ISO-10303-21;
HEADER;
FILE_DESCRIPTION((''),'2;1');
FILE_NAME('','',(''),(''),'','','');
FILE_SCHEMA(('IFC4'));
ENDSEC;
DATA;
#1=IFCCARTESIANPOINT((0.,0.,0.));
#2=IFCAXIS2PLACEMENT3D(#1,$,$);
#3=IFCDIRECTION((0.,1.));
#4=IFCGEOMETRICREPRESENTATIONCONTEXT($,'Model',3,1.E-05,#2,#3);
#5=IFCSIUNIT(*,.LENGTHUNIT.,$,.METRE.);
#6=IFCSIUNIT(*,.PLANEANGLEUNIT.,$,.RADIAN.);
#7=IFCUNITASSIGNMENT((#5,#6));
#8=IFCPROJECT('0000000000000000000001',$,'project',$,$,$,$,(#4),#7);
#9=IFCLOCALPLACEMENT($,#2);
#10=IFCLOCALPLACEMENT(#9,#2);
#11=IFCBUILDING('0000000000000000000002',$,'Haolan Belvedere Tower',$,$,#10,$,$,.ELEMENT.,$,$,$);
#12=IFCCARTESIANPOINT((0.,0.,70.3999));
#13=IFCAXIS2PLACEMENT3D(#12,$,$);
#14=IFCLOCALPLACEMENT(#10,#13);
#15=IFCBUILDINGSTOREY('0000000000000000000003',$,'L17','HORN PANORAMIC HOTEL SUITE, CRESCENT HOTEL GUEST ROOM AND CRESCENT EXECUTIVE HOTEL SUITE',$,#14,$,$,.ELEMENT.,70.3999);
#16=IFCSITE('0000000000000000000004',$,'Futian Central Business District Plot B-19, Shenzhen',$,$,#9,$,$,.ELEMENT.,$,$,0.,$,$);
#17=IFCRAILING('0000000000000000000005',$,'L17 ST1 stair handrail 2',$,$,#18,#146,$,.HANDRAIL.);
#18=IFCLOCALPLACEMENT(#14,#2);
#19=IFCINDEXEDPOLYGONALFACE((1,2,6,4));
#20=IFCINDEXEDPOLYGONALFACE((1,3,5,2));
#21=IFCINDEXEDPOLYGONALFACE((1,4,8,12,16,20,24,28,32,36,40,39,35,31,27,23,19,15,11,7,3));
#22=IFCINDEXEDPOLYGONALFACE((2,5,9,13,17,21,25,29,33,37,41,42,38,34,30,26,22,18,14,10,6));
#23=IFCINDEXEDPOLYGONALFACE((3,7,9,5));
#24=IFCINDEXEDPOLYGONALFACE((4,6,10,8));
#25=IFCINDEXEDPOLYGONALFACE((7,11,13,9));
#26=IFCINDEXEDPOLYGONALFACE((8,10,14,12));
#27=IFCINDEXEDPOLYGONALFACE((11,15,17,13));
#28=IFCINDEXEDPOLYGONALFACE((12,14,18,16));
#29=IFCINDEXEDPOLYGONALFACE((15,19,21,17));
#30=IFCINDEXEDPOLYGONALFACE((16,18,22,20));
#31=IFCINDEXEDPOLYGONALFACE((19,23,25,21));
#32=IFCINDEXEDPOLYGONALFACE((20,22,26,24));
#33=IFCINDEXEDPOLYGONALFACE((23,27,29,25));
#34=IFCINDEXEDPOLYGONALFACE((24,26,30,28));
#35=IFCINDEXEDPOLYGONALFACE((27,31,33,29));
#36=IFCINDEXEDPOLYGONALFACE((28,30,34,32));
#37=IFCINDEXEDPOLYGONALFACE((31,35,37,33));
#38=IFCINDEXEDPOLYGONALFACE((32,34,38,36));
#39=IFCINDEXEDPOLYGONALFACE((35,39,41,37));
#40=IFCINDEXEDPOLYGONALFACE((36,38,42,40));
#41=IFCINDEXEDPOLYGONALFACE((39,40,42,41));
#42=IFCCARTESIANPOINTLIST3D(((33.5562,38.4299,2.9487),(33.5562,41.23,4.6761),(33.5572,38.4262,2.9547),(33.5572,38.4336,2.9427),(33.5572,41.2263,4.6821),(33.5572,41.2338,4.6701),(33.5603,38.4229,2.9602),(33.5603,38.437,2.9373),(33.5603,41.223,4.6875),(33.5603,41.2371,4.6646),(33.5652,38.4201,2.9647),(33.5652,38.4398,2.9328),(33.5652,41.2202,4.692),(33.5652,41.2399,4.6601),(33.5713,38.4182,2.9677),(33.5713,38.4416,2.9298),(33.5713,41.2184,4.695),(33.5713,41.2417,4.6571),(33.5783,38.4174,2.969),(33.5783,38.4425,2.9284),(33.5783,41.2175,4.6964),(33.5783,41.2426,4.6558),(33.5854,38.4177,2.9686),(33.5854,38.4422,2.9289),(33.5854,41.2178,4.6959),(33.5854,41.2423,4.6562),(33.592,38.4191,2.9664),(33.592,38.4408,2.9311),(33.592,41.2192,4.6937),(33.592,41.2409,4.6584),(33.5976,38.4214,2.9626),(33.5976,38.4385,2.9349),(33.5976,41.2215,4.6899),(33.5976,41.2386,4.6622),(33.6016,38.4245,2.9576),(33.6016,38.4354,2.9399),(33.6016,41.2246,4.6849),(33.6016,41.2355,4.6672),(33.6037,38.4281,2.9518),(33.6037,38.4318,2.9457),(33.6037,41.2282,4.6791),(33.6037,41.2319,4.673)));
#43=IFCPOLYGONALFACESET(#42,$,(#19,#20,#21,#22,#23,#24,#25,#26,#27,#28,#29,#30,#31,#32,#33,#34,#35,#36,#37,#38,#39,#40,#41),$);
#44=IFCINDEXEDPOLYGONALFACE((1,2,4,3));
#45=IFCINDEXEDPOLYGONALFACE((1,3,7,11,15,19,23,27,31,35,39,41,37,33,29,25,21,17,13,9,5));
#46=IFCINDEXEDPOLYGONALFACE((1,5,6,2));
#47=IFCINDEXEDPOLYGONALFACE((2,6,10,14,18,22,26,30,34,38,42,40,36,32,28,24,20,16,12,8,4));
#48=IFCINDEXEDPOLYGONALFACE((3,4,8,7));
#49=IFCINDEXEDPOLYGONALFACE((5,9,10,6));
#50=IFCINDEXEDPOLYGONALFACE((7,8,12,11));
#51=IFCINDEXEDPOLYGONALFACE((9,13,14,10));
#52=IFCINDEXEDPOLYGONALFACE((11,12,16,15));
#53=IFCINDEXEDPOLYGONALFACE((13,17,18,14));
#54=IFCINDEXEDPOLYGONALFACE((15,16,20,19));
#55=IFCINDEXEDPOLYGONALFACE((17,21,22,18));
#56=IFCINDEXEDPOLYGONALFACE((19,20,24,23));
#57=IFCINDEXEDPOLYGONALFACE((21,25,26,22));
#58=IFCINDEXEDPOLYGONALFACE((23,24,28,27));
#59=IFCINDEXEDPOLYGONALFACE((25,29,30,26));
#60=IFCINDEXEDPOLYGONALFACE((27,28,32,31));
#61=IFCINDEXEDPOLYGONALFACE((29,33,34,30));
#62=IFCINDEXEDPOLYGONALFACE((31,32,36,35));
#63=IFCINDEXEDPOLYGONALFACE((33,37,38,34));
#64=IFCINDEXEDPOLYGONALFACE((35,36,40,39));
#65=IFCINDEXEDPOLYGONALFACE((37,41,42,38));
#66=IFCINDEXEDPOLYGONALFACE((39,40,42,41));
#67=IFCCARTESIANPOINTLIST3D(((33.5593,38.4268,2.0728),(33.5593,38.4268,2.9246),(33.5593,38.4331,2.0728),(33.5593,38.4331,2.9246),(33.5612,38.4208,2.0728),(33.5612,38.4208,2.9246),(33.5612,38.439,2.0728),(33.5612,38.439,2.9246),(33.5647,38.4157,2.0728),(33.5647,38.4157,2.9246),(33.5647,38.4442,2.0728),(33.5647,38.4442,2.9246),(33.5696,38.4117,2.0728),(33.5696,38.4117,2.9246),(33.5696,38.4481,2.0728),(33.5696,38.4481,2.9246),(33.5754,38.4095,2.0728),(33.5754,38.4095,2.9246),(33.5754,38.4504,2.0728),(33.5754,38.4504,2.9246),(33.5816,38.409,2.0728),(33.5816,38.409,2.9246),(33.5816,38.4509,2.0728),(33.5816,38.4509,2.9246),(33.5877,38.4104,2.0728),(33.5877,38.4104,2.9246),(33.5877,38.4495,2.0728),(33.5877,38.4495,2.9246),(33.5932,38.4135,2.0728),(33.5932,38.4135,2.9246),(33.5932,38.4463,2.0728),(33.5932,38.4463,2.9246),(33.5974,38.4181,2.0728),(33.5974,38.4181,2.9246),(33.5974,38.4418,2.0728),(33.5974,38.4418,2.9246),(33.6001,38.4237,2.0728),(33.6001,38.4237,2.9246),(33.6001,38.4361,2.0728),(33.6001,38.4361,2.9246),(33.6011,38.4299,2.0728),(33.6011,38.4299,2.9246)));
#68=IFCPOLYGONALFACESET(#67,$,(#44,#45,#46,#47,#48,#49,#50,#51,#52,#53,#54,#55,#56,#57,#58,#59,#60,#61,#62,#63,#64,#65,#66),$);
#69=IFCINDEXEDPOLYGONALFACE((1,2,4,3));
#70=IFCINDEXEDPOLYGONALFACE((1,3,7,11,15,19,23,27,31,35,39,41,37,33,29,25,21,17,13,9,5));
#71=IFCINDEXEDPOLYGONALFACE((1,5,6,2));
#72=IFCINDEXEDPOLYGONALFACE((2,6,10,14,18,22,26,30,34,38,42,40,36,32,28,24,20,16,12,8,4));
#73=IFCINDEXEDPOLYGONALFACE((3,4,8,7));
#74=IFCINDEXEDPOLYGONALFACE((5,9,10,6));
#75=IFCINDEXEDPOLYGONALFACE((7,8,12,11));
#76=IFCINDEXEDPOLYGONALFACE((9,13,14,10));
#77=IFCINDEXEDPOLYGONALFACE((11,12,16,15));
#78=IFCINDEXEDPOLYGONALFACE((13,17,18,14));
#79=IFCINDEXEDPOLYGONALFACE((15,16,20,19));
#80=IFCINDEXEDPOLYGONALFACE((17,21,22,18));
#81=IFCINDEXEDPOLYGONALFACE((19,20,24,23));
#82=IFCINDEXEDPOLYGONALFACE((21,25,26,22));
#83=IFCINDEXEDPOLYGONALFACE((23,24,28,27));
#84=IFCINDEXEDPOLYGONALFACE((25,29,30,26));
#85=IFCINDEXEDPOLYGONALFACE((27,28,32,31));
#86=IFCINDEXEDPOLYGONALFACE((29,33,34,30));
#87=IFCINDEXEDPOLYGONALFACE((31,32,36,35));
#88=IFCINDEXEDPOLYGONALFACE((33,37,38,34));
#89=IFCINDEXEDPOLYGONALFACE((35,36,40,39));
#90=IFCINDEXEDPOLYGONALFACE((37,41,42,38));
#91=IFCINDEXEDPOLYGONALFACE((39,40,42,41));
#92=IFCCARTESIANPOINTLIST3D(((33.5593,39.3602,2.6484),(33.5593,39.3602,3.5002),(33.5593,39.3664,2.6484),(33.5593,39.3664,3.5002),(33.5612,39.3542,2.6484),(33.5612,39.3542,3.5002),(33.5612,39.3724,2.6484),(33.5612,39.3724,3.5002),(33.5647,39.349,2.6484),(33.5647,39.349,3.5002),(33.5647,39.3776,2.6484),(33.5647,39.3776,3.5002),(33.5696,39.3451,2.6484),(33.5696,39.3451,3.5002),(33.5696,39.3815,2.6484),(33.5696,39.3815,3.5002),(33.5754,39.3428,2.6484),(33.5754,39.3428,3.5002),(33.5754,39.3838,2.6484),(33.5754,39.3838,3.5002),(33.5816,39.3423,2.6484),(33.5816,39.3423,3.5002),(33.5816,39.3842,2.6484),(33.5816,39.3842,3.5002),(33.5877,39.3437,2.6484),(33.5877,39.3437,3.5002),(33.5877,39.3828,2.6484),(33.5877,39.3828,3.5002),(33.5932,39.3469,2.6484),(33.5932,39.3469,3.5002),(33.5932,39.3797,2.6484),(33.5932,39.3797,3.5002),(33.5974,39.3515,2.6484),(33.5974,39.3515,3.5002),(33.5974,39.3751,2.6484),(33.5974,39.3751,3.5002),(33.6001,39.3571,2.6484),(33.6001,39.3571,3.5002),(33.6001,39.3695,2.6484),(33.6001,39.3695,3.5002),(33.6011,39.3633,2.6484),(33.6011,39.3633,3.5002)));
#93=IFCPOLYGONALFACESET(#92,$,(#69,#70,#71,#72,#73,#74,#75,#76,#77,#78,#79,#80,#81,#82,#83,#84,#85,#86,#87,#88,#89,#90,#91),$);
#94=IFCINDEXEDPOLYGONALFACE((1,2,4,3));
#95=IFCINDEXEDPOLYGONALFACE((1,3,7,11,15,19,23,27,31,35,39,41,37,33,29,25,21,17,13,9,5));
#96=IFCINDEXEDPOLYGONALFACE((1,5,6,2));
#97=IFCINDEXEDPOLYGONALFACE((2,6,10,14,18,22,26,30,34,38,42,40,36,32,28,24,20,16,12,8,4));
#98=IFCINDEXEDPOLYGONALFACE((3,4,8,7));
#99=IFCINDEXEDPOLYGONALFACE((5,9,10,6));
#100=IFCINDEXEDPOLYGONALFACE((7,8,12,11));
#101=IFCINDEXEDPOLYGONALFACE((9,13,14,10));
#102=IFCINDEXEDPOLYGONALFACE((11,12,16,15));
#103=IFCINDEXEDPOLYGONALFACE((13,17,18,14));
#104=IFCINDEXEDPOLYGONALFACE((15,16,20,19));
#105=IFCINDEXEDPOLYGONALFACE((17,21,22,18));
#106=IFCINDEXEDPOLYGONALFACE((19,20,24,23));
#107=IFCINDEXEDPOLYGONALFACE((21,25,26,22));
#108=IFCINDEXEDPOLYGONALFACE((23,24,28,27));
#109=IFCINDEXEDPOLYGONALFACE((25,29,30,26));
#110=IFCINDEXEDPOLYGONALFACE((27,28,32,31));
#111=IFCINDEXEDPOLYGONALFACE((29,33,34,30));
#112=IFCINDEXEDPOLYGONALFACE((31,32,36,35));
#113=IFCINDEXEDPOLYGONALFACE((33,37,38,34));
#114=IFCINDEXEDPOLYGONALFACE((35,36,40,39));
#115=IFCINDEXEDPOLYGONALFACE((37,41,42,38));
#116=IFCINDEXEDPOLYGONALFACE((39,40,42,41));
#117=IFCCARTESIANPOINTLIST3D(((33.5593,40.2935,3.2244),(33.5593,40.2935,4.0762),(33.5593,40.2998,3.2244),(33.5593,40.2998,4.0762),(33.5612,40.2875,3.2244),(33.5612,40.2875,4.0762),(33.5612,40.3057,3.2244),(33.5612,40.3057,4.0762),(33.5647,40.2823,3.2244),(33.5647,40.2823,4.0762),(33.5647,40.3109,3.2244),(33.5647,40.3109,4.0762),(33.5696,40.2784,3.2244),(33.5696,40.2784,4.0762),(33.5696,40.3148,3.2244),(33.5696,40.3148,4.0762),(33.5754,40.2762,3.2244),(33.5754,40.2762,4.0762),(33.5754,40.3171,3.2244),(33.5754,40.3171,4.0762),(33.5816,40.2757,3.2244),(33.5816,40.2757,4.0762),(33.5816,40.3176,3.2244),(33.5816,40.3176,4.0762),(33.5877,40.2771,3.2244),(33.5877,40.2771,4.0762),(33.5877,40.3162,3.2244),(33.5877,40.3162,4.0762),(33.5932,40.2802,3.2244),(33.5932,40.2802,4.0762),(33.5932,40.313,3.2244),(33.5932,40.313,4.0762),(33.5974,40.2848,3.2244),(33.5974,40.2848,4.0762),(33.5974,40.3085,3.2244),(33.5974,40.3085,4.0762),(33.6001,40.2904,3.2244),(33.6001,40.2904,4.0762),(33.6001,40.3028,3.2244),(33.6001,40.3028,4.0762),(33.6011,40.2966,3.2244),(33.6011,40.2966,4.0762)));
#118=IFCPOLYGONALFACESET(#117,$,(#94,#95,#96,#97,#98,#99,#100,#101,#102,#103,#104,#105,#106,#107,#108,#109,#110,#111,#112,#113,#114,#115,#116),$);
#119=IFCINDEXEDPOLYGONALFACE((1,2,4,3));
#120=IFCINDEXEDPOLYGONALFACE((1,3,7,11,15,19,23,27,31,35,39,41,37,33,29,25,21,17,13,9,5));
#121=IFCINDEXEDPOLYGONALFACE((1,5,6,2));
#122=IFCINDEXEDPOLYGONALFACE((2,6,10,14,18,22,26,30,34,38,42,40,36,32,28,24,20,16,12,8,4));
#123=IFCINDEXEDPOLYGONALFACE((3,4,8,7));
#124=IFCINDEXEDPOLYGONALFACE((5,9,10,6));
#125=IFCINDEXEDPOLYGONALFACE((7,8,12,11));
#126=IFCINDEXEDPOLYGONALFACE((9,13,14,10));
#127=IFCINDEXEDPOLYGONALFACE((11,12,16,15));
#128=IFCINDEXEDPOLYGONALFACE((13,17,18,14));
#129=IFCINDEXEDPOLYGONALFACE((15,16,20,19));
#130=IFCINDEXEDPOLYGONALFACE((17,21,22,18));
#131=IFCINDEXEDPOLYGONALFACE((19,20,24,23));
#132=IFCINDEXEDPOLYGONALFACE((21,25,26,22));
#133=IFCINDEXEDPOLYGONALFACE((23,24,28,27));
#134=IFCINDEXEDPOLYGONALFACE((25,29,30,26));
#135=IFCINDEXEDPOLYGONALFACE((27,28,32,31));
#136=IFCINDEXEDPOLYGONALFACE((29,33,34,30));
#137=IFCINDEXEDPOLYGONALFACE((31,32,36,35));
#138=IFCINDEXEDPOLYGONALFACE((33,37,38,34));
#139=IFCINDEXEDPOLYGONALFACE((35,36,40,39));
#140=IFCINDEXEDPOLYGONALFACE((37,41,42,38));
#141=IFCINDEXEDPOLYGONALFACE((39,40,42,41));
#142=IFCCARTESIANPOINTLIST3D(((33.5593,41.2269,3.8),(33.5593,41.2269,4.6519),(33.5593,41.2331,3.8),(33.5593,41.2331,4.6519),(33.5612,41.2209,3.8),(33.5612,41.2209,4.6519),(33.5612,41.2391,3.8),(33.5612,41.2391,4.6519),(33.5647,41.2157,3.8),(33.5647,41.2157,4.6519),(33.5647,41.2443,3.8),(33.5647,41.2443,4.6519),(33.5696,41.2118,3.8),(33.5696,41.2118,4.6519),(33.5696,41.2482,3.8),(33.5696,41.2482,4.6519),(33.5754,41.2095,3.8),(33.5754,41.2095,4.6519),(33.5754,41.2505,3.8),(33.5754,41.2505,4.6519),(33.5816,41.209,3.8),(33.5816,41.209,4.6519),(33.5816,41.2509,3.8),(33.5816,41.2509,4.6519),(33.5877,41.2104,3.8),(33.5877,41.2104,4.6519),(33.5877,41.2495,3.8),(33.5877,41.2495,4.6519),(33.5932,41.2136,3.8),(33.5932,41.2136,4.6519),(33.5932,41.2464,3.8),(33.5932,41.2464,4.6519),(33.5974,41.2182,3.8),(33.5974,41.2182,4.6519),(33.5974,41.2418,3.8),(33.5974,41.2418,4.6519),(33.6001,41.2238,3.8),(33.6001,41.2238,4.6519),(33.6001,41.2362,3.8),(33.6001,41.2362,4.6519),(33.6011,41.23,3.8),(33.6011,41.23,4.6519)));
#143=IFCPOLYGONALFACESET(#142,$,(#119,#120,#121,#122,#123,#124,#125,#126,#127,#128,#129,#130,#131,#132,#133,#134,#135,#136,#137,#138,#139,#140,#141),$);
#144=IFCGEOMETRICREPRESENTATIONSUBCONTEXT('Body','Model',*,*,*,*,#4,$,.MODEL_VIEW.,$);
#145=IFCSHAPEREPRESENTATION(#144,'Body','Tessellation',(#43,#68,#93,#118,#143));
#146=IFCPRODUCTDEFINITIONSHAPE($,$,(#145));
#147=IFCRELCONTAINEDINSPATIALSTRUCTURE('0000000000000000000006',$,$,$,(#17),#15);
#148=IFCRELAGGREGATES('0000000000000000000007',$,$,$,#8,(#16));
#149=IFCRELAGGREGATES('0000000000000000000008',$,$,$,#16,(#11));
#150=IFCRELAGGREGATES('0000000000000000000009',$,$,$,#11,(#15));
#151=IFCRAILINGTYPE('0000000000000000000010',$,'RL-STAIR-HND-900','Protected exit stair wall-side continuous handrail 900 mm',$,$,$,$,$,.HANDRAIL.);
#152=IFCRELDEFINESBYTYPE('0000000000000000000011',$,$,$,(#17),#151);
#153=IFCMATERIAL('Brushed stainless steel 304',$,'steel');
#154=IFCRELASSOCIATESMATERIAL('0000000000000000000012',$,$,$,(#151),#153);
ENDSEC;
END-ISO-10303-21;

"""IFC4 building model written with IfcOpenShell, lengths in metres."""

from ifc_helpers import new_model, si_unit, direction, frame, origin, origin_2d, place, context, subcontext, project, spatial, circle, extrude, material, type_object, element, save


model = new_model("IFC4")

# Units and contexts
model_context = context("Model", 3, precision=1e-05, world=origin(), true_north=direction((0.0, 1.0)))
body_context = subcontext(model_context, "Body", "Model", "MODEL_VIEW")
ifc_project = project(units=[si_unit("LENGTHUNIT", "METRE"), si_unit("PLANEANGLEUNIT", "RADIAN")], contexts=[model_context])

# Site, building, storey
site_placement = place(None, origin())
site = spatial("IfcSite", under=ifc_project, at=site_placement, Name="Futian Central Business District Plot B-19, Shenzhen", CompositionType="ELEMENT", RefElevation=0.0)
building_placement = place(site_placement, origin())
building = spatial("IfcBuilding", under=site, at=building_placement, Name="Haolan Belvedere Tower", CompositionType="ELEMENT")
storey_placement = place(building_placement, frame((0.0, 0.0, 70.3999)))
storey = spatial("IfcBuildingStorey", under=building, at=storey_placement, Name="L17", Description="HORN PANORAMIC HOTEL SUITE, CRESCENT HOTEL GUEST ROOM AND CRESCENT EXECUTIVE HOTEL SUITE", CompositionType="ELEMENT", Elevation=70.3999)

# Railing
ifc_material_1 = material(Name="Brushed stainless steel 304", Category="steel")
railing_type_1 = type_object("IfcRailingType", Name="RL-STAIR-HND-900", Description="Protected exit stair wall-side continuous handrail 900 mm", PredefinedType="HANDRAIL", material=ifc_material_1)
railing_1_placement = place(storey_placement, frame((33.5801, 38.4299, 2.0728)))
element("IfcRailing", 1, at=railing_1_placement, inside=storey, type_object=railing_type_1, Name="L17 ST1 stair handrail 2", PredefinedType="HANDRAIL", context=body_context, shape_type="SweptSolid", body=[
    extrude(circle(Radius=0.0239, at=origin_2d()), frame((0.0, 0.0, 0.876), z_axis=(0.0, 0.85109, 0.52502), x_axis=(-1.0, 0.0, 0.0)), (0.0, 0.0, 1.0), 3.29),
    extrude(circle(Radius=0.021, at=origin_2d()), origin(), (0.0, 0.0, 1.0), 0.8518),
    extrude(circle(Radius=0.021, at=origin_2d()), frame((0.0, 0.9333, 0.5757)), (0.0, 0.0, 1.0), 0.8518),
    extrude(circle(Radius=0.021, at=origin_2d()), frame((0.0, 1.8667, 1.1516)), (0.0, 0.0, 1.0), 0.8518),
    extrude(circle(Radius=0.021, at=origin_2d()), frame((0.0, 2.8, 1.7273)), (0.0, 0.0, 1.0), 0.8518),
])

save(model, "model.ifc")
